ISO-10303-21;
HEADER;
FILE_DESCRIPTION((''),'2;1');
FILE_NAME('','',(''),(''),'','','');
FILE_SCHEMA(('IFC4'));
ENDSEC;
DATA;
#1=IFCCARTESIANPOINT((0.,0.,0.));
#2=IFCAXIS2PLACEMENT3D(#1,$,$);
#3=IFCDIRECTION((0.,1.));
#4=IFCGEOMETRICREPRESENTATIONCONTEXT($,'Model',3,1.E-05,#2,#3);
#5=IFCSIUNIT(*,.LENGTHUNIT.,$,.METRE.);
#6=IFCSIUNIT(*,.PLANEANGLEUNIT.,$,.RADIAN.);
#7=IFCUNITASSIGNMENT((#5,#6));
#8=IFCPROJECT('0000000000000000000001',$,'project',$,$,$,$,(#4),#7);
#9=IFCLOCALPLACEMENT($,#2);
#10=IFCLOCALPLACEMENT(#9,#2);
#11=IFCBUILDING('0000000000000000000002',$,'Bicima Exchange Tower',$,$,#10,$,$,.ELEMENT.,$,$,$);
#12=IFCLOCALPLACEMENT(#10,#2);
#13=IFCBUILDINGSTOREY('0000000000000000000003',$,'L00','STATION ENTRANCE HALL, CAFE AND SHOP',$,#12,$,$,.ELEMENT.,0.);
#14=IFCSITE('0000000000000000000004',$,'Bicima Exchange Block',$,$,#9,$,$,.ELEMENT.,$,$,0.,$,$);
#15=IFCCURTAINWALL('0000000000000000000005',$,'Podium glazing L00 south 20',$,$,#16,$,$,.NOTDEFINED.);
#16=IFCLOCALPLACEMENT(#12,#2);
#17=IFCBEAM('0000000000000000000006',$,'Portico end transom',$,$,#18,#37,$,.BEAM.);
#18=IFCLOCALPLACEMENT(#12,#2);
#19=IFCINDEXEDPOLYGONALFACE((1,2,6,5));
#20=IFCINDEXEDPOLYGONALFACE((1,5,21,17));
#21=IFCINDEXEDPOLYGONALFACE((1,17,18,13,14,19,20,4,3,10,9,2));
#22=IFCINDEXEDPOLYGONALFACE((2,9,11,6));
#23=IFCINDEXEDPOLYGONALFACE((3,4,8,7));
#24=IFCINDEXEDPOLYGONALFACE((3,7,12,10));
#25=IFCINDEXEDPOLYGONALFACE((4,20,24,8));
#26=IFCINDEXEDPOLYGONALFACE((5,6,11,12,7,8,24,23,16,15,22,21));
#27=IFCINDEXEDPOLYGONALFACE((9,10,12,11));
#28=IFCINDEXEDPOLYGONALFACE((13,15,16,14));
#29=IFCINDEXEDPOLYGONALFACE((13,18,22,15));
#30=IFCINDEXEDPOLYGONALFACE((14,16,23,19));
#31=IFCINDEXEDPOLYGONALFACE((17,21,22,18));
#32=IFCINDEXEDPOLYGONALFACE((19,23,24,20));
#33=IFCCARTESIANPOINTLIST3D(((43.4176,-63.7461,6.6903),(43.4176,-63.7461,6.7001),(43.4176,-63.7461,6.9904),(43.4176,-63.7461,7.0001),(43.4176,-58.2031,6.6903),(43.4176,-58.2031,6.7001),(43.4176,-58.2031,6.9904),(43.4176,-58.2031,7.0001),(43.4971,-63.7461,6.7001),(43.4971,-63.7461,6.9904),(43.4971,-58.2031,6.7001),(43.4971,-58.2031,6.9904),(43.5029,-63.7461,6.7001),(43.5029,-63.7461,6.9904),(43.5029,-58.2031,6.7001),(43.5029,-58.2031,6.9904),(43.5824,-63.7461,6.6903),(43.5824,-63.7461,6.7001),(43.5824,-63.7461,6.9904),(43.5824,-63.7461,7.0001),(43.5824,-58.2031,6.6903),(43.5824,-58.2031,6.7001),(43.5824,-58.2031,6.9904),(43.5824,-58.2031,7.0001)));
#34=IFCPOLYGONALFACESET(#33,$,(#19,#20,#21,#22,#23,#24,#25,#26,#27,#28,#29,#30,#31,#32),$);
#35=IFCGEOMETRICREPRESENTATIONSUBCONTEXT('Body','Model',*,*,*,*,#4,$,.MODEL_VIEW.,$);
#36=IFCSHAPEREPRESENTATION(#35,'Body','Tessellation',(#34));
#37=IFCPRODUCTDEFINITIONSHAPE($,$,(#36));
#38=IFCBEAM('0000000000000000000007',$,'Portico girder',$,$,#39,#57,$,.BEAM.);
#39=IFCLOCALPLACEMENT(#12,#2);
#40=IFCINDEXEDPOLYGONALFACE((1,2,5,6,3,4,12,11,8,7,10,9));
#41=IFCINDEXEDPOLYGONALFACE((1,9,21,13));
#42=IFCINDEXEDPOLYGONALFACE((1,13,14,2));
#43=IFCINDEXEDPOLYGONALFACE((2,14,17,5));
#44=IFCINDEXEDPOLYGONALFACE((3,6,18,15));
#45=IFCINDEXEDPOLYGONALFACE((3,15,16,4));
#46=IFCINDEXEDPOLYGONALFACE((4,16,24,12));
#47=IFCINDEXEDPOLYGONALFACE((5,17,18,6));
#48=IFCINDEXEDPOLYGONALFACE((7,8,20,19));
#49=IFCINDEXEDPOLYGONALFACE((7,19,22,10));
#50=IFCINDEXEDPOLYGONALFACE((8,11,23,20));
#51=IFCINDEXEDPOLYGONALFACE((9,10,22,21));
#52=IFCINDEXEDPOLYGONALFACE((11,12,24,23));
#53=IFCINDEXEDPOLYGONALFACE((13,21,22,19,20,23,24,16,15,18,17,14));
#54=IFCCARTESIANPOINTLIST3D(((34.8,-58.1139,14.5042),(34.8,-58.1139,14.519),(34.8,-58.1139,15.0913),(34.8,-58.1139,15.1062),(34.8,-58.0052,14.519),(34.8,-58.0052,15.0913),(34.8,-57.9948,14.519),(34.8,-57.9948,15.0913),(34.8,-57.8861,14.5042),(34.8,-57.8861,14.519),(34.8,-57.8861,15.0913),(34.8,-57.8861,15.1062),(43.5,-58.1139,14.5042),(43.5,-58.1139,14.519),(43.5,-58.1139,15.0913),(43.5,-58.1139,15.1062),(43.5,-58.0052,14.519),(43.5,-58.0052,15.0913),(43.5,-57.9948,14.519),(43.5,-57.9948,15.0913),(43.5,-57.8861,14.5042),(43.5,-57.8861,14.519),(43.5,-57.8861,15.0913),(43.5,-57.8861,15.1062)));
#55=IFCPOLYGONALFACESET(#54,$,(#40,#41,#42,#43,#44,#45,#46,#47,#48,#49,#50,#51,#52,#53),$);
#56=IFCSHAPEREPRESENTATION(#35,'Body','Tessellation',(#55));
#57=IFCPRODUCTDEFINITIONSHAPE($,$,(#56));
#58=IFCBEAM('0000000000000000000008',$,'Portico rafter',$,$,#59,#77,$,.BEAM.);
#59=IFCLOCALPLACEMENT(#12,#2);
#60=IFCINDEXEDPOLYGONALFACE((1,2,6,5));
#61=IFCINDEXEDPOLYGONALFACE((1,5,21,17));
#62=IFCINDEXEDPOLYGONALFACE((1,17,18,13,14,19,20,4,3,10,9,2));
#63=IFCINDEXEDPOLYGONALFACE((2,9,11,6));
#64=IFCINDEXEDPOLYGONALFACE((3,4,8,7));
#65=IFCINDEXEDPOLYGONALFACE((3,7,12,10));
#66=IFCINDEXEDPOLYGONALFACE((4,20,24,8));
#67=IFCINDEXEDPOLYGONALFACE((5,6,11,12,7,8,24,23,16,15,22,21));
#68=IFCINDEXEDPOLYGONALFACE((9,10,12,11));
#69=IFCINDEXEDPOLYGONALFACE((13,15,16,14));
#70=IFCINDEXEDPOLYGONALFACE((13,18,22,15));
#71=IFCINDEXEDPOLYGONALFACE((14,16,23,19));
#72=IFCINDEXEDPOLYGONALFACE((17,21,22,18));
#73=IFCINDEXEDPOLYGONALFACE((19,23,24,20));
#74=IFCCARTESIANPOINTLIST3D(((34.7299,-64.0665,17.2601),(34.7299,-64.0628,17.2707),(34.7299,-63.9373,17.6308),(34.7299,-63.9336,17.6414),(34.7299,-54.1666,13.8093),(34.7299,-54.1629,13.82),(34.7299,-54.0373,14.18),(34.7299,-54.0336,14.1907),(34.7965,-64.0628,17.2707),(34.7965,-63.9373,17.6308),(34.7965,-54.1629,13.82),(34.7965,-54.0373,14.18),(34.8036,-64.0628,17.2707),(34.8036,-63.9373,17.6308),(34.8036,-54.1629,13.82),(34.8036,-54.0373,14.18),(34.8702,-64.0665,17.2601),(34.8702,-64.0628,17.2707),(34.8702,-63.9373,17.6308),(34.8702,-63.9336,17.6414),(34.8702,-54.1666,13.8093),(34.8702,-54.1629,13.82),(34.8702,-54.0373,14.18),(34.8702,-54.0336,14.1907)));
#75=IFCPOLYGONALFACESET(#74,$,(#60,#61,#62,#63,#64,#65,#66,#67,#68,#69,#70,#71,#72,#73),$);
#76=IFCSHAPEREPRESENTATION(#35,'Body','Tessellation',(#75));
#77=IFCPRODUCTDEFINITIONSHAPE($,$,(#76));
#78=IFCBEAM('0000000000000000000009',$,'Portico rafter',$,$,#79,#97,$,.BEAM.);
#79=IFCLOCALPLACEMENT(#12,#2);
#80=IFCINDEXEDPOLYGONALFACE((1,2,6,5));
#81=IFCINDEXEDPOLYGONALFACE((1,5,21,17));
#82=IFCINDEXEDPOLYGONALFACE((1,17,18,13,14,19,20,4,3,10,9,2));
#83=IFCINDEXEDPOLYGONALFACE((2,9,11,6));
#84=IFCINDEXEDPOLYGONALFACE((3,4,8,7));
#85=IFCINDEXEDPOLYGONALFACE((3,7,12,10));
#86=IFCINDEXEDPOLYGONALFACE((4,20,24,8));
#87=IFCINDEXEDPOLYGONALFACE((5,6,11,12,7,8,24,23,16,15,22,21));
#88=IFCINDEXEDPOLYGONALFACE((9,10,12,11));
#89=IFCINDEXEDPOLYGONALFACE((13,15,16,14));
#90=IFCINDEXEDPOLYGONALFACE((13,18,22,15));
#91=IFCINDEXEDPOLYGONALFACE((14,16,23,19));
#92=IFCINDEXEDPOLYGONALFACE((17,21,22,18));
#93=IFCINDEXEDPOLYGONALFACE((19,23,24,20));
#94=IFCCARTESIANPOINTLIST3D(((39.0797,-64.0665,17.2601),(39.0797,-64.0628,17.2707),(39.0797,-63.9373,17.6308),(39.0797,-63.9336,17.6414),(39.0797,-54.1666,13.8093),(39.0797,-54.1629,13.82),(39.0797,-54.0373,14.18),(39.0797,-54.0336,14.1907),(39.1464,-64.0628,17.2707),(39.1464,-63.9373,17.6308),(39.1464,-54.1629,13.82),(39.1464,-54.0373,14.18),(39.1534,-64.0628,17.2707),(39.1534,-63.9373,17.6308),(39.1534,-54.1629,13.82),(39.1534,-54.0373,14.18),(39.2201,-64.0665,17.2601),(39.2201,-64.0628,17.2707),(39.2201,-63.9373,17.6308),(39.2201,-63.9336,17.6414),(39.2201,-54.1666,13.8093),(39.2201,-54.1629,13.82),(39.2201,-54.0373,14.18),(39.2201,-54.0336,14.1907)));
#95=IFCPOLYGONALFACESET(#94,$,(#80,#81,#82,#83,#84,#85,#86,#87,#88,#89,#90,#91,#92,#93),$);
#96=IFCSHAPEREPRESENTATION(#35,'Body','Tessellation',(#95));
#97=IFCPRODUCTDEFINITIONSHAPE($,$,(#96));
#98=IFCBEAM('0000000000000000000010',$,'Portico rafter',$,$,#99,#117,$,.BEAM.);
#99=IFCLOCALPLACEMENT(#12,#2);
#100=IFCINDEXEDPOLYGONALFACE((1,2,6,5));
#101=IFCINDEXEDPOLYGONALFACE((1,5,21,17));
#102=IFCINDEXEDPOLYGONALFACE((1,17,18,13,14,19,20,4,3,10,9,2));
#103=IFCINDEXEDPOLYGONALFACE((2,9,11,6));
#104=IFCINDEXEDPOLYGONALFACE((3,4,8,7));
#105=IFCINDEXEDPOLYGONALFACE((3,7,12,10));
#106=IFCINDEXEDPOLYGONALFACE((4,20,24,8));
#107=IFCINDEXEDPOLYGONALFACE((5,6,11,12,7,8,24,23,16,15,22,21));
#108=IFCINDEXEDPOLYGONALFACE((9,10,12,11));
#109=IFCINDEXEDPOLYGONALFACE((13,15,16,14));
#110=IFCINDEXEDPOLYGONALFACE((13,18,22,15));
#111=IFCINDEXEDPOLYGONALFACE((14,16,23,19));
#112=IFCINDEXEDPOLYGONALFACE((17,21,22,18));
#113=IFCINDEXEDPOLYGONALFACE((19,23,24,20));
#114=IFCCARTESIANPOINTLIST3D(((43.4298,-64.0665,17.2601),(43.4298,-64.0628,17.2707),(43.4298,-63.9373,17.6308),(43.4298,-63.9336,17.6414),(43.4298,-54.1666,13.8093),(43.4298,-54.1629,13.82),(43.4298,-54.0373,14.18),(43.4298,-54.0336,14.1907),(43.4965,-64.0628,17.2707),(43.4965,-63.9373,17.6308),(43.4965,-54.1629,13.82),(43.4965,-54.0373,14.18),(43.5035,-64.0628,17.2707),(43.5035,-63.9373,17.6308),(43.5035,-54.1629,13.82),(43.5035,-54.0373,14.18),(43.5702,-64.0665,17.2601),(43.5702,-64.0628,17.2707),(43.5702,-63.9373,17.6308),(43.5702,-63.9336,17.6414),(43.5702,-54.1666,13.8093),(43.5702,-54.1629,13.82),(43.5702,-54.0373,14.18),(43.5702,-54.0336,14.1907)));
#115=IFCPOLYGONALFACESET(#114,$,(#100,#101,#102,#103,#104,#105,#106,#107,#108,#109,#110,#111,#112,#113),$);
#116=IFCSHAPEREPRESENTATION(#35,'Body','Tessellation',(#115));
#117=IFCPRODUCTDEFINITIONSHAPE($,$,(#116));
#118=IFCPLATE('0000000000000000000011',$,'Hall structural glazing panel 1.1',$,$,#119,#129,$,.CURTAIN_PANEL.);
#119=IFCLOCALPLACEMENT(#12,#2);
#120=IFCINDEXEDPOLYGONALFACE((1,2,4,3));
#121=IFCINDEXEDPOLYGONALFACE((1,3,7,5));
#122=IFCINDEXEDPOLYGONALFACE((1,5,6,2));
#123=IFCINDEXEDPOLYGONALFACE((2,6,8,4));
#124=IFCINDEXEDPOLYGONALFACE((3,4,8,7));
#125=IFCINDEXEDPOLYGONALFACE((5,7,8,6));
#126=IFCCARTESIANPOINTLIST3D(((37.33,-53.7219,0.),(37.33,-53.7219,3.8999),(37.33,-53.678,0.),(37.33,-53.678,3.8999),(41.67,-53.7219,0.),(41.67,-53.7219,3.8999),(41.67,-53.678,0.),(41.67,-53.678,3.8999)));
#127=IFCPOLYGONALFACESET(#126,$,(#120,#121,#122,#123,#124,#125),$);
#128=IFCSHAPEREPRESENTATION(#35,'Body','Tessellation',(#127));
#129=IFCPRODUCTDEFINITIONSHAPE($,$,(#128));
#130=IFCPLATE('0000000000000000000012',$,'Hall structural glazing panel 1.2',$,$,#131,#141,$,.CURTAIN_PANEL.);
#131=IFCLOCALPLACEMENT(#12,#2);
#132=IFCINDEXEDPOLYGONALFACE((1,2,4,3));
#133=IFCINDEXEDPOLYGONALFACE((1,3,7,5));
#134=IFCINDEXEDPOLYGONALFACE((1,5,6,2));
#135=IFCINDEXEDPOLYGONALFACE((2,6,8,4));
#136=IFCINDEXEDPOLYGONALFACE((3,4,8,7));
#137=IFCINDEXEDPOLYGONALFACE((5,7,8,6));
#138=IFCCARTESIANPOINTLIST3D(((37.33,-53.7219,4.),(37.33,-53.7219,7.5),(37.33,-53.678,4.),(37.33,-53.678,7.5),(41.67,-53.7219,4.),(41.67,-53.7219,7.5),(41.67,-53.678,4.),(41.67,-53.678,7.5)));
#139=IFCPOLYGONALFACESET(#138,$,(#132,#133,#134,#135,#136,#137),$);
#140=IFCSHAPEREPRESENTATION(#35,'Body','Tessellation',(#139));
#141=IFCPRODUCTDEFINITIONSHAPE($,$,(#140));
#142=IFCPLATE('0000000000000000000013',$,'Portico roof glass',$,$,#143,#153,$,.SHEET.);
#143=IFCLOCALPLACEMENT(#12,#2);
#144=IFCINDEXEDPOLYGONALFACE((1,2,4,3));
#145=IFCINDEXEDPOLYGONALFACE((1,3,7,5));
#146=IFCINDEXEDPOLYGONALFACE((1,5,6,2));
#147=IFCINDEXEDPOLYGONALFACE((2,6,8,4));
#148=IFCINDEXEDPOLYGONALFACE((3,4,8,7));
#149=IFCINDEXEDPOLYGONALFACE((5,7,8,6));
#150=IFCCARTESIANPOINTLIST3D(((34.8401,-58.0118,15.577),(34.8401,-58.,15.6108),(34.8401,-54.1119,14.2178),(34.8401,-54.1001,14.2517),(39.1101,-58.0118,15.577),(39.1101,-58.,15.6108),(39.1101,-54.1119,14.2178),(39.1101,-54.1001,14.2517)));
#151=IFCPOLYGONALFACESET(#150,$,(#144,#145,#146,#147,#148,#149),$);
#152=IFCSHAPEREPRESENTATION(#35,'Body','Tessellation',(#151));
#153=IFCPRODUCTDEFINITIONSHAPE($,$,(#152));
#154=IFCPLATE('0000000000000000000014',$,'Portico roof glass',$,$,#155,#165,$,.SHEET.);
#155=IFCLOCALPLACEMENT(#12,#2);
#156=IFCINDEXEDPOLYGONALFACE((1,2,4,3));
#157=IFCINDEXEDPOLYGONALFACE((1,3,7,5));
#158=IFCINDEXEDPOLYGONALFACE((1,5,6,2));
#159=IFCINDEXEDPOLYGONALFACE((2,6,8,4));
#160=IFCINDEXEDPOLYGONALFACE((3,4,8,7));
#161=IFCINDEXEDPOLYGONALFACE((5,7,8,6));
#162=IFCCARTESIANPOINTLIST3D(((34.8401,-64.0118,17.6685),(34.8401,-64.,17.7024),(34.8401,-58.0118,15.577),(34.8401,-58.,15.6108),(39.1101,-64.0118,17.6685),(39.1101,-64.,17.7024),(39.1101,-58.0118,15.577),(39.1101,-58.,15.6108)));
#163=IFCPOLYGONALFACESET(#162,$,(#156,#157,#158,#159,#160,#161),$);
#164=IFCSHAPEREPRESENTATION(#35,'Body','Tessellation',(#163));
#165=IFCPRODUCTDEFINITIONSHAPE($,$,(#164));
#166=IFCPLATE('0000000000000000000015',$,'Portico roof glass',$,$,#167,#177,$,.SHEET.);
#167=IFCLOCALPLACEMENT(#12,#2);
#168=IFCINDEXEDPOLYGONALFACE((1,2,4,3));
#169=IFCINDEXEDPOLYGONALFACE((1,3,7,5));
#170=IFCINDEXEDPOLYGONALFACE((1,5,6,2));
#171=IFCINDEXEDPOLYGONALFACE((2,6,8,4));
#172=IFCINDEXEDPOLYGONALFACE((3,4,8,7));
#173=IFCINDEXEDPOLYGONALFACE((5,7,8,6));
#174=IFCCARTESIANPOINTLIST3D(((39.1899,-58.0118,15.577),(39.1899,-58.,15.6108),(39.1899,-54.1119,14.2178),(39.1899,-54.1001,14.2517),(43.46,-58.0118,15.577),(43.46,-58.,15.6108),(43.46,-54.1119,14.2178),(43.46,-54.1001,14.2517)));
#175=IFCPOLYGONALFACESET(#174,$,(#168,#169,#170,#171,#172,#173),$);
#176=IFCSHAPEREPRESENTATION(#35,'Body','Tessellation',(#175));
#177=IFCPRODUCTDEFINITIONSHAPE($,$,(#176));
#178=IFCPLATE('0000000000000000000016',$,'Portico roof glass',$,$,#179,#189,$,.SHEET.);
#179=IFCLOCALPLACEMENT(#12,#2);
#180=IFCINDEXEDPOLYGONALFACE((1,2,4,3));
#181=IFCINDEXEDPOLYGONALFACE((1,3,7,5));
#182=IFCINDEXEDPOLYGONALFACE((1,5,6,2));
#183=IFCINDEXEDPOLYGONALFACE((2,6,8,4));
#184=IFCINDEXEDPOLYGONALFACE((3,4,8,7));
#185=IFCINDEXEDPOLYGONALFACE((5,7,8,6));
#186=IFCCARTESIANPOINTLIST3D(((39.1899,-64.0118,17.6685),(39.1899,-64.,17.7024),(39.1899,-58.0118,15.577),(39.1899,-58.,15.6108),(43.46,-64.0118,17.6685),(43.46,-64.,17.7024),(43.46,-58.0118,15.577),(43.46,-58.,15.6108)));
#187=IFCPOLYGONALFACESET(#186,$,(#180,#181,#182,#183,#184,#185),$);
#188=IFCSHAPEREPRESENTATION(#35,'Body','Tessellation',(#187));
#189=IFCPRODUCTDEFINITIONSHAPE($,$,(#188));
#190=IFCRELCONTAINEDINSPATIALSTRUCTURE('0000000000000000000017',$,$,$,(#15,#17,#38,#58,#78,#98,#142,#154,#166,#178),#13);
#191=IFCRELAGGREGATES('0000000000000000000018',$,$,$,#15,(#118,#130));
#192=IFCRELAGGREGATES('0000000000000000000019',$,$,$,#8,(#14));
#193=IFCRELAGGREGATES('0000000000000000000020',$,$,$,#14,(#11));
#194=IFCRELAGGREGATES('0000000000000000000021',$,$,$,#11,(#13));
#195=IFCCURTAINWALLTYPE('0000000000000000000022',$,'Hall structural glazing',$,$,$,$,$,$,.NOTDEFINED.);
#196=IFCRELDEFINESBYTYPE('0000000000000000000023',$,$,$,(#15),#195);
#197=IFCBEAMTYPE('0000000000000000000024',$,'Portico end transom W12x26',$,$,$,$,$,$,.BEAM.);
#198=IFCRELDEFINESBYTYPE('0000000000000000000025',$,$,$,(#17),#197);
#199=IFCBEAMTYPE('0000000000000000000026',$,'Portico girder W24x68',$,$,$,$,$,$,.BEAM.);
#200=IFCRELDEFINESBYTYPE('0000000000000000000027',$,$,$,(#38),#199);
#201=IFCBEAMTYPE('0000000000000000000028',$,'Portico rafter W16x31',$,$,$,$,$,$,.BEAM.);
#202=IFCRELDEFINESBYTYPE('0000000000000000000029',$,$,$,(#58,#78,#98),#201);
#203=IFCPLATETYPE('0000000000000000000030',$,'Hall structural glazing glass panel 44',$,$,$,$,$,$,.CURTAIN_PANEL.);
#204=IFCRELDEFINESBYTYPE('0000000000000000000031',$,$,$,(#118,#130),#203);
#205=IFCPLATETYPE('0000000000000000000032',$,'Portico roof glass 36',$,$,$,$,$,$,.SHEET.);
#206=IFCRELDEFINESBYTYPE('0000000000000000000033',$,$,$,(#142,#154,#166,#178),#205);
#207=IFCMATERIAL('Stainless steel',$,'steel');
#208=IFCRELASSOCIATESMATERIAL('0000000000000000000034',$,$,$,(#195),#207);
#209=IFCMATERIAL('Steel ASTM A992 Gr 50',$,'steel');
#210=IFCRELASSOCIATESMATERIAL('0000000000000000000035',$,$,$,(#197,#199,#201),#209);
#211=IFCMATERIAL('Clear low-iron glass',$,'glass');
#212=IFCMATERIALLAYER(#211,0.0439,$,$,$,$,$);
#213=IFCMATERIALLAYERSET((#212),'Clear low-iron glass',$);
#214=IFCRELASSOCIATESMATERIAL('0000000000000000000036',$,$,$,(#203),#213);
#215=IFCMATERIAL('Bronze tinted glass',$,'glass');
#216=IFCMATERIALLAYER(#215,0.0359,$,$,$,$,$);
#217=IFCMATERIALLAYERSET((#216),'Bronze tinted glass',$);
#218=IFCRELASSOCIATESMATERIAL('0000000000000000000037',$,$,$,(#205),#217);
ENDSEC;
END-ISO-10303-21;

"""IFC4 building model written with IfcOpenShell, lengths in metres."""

from ifc_helpers import new_model, si_unit, direction, frame, origin, origin_2d, place, context, subcontext, project, spatial, polyline, rectangle, i_section, outline, extrude, material, layer, layer_set, material_profile, profile_set, type_object, element, aggregate, save


model = new_model("IFC4")

# Units and contexts
model_context = context("Model", 3, precision=1e-05, world=origin(), true_north=direction((0.0, 1.0)))
body_context = subcontext(model_context, "Body", "Model", "MODEL_VIEW")
ifc_project = project(units=[si_unit("LENGTHUNIT", "METRE"), si_unit("PLANEANGLEUNIT", "RADIAN")], contexts=[model_context])

# Site, building, storey
site_placement = place(None, origin())
site = spatial("IfcSite", under=ifc_project, at=site_placement, Name="Bicima Exchange Block", CompositionType="ELEMENT", RefElevation=0.0)
building_placement = place(site_placement, origin())
building = spatial("IfcBuilding", under=site, at=building_placement, Name="Bicima Exchange Tower", CompositionType="ELEMENT")
storey_placement = place(building_placement, origin())
storey = spatial("IfcBuildingStorey", under=building, at=storey_placement, Name="L00", Description="STATION ENTRANCE HALL, CAFE AND SHOP", CompositionType="ELEMENT", Elevation=0.0)

# Shared definitions
ifc_material_1 = material(Name="Stainless steel", Category="steel")
curtain_wall_type_1 = type_object("IfcCurtainWallType", Name="Hall structural glazing", PredefinedType="NOTDEFINED", material=ifc_material_1)

# Curtain wall
curtain_wall_1_placement = place(storey_placement, origin())
curtain_wall_1 = element("IfcCurtainWall", 1, at=curtain_wall_1_placement, inside=storey, type_object=curtain_wall_type_1, Name="Podium glazing L00 south 20", PredefinedType="NOTDEFINED")

# Beams
ifc_material_2 = material(Name="Steel ASTM A992 Gr 50", Category="steel")
ifc_material_profile_1 = material_profile(ifc_material_2, i_section(OverallWidth=0.1648, OverallDepth=0.3098, WebThickness=0.0059, FlangeThickness=0.0098, at=origin_2d()))
ifc_profile_set_1 = profile_set([ifc_material_profile_1], Name="Steel ASTM A992 Gr 50")
beam_type_1 = type_object("IfcBeamType", Name="Portico end transom W12x26", PredefinedType="BEAM", material=ifc_profile_set_1)
beam_1_placement = place(storey_placement, frame((43.5, -58.2031, 6.8452), z_axis=(0.0, -1.0, 0.0), x_axis=(1.0, 0.0, 0.0)))
element("IfcBeam", 2, at=beam_1_placement, inside=storey, type_object=beam_type_1, Name="Portico end transom", PredefinedType="BEAM", context=body_context, shape_type="SweptSolid", body=[
    extrude(i_section(OverallWidth=0.1648, OverallDepth=0.3098, WebThickness=0.0059, FlangeThickness=0.0098, at=origin_2d()), origin(), (0.0, 0.0, 1.0), 5.543),
])
ifc_material_profile_2 = material_profile(ifc_material_2, i_section(OverallWidth=0.2278, OverallDepth=0.6021, WebThickness=0.0105, FlangeThickness=0.0149, at=origin_2d()))
ifc_profile_set_2 = profile_set([ifc_material_profile_2], Name="Steel ASTM A992 Gr 50")
beam_type_2 = type_object("IfcBeamType", Name="Portico girder W24x68", PredefinedType="BEAM", material=ifc_profile_set_2)
beam_2_placement = place(storey_placement, frame((34.8, -58.0, 14.8052), z_axis=(1.0, 0.0, 0.0), x_axis=(0.0, 1.0, 0.0)))
element("IfcBeam", 3, at=beam_2_placement, inside=storey, type_object=beam_type_2, Name="Portico girder", PredefinedType="BEAM", context=body_context, shape_type="SweptSolid", body=[
    extrude(i_section(OverallWidth=0.2278, OverallDepth=0.6021, WebThickness=0.0105, FlangeThickness=0.0149, at=origin_2d()), origin(), (0.0, 0.0, 1.0), 8.7),
])
ifc_material_profile_3 = material_profile(ifc_material_2, i_section(OverallWidth=0.1404, OverallDepth=0.4038, WebThickness=0.0071, FlangeThickness=0.0112, at=origin_2d()))
ifc_profile_set_3 = profile_set([ifc_material_profile_3], Name="Steel ASTM A992 Gr 50")
beam_type_3 = type_object("IfcBeamType", Name="Portico rafter W16x31", PredefinedType="BEAM", material=ifc_profile_set_3)
for number, where, z_axis, x_axis, name in (
    (4, (34.8, -54.1001, 14.0), (0.0, -0.944282, 0.329137), (1.0, 0.0, 0.0), "Portico rafter"),
    (5, (39.1499, -54.1001, 14.0), (0.0, -0.944282, 0.329137), (1.0, 0.0, 0.0), "Portico rafter"),
    (6, (43.5, -54.1001, 14.0), (0.0, -0.944282, 0.329137), (1.0, 0.0, 0.0), "Portico rafter"),
):
    element("IfcBeam", number, at=place(storey_placement, frame(where, z_axis=z_axis, x_axis=x_axis)), inside=storey, type_object=beam_type_3, Name=name, PredefinedType="BEAM", context=body_context, shape_type="SweptSolid", body=[
        extrude(i_section(OverallWidth=0.1404, OverallDepth=0.4038, WebThickness=0.0071, FlangeThickness=0.0112, at=origin_2d()), origin(), (0.0, 0.0, 1.0), 10.4841),
    ])

# Plates
ifc_material_3 = material(Name="Clear low-iron glass", Category="glass")
ifc_layer_1 = layer(ifc_material_3, 0.0439)
ifc_layer_set_1 = layer_set([ifc_layer_1], Name="Clear low-iron glass")
plate_type_1 = type_object("IfcPlateType", Name="Hall structural glazing glass panel 44", PredefinedType="CURTAIN_PANEL", material=ifc_layer_set_1)
plate_1_placement = place(storey_placement, frame((39.5, -53.7, 0.0), z_axis=(0.0, 0.0, 1.0), x_axis=(1.0, 0.0, 0.0)))
plate_1 = element("IfcPlate", 7, at=plate_1_placement, type_object=plate_type_1, Name="Hall structural glazing panel 1.1", PredefinedType="CURTAIN_PANEL", context=body_context, shape_type="SweptSolid", body=[
    extrude(rectangle(XDim=4.3401, YDim=0.0439, at=origin_2d()), origin(), (0.0, 0.0, 1.0), 3.8999),
])
plate_2_placement = place(storey_placement, frame((39.5, -53.7, 4.0), z_axis=(0.0, 0.0, 1.0), x_axis=(1.0, 0.0, 0.0)))
plate_2 = element("IfcPlate", 8, at=plate_2_placement, type_object=plate_type_1, Name="Hall structural glazing panel 1.2", PredefinedType="CURTAIN_PANEL", context=body_context, shape_type="SweptSolid", body=[
    extrude(rectangle(XDim=4.3401, YDim=0.0439, at=origin_2d()), origin(), (0.0, 0.0, 1.0), 3.5),
])
aggregate(curtain_wall_1, [plate_1, plate_2])

# Plates
ifc_material_4 = material(Name="Bronze tinted glass", Category="glass")
ifc_layer_2 = layer(ifc_material_4, 0.0359)
ifc_layer_set_2 = layer_set([ifc_layer_2], Name="Bronze tinted glass")
plate_type_2 = type_object("IfcPlateType", Name="Portico roof glass 36", PredefinedType="SHEET", material=ifc_layer_set_2)
plate_3_placement = place(storey_placement, frame((34.8401, -54.1001, 14.2517), z_axis=(0.0, 0.329091, 0.944298), x_axis=(1.0, 0.0, 0.0)))
element("IfcPlate", 9, at=plate_3_placement, inside=storey, type_object=plate_type_2, Name="Portico roof glass", PredefinedType="SHEET", context=body_context, shape_type="SweptSolid", body=[
    extrude(outline(polyline([(0.0, 0.0), (4.27, 0.0), (4.27, -4.1299), (0.0, -4.1299), (0.0, 0.0)])), origin(), (0.0, 0.0, -1.0), 0.0359),
])
plate_4_placement = place(storey_placement, frame((34.8401, -58.0, 15.6108), z_axis=(0.0, 0.329166, 0.944272), x_axis=(1.0, 0.0, 0.0)))
element("IfcPlate", 10, at=plate_4_placement, inside=storey, type_object=plate_type_2, Name="Portico roof glass", PredefinedType="SHEET", context=body_context, shape_type="SweptSolid", body=[
    extrude(outline(polyline([(0.0, 0.0), (4.27, 0.0), (4.27, -6.3541), (0.0, -6.3541), (0.0, 0.0)])), origin(), (0.0, 0.0, -1.0), 0.0359),
])
plate_5_placement = place(storey_placement, frame((39.1899, -54.1001, 14.2517), z_axis=(0.0, 0.329091, 0.944298), x_axis=(1.0, 0.0, 0.0)))
element("IfcPlate", 11, at=plate_5_placement, inside=storey, type_object=plate_type_2, Name="Portico roof glass", PredefinedType="SHEET", context=body_context, shape_type="SweptSolid", body=[
    extrude(outline(polyline([(0.0, 0.0), (4.27, 0.0), (4.27, -4.1299), (0.0, -4.1299), (0.0, 0.0)])), origin(), (0.0, 0.0, -1.0), 0.0359),
])
plate_6_placement = place(storey_placement, frame((39.1899, -58.0, 15.6108), z_axis=(0.0, 0.329166, 0.944272), x_axis=(1.0, 0.0, 0.0)))
element("IfcPlate", 12, at=plate_6_placement, inside=storey, type_object=plate_type_2, Name="Portico roof glass", PredefinedType="SHEET", context=body_context, shape_type="SweptSolid", body=[
    extrude(outline(polyline([(0.0, 0.0), (4.27, 0.0), (4.27, -6.3541), (0.0, -6.3541), (0.0, 0.0)])), origin(), (0.0, 0.0, -1.0), 0.0359),
])

save(model, "model.ifc")
